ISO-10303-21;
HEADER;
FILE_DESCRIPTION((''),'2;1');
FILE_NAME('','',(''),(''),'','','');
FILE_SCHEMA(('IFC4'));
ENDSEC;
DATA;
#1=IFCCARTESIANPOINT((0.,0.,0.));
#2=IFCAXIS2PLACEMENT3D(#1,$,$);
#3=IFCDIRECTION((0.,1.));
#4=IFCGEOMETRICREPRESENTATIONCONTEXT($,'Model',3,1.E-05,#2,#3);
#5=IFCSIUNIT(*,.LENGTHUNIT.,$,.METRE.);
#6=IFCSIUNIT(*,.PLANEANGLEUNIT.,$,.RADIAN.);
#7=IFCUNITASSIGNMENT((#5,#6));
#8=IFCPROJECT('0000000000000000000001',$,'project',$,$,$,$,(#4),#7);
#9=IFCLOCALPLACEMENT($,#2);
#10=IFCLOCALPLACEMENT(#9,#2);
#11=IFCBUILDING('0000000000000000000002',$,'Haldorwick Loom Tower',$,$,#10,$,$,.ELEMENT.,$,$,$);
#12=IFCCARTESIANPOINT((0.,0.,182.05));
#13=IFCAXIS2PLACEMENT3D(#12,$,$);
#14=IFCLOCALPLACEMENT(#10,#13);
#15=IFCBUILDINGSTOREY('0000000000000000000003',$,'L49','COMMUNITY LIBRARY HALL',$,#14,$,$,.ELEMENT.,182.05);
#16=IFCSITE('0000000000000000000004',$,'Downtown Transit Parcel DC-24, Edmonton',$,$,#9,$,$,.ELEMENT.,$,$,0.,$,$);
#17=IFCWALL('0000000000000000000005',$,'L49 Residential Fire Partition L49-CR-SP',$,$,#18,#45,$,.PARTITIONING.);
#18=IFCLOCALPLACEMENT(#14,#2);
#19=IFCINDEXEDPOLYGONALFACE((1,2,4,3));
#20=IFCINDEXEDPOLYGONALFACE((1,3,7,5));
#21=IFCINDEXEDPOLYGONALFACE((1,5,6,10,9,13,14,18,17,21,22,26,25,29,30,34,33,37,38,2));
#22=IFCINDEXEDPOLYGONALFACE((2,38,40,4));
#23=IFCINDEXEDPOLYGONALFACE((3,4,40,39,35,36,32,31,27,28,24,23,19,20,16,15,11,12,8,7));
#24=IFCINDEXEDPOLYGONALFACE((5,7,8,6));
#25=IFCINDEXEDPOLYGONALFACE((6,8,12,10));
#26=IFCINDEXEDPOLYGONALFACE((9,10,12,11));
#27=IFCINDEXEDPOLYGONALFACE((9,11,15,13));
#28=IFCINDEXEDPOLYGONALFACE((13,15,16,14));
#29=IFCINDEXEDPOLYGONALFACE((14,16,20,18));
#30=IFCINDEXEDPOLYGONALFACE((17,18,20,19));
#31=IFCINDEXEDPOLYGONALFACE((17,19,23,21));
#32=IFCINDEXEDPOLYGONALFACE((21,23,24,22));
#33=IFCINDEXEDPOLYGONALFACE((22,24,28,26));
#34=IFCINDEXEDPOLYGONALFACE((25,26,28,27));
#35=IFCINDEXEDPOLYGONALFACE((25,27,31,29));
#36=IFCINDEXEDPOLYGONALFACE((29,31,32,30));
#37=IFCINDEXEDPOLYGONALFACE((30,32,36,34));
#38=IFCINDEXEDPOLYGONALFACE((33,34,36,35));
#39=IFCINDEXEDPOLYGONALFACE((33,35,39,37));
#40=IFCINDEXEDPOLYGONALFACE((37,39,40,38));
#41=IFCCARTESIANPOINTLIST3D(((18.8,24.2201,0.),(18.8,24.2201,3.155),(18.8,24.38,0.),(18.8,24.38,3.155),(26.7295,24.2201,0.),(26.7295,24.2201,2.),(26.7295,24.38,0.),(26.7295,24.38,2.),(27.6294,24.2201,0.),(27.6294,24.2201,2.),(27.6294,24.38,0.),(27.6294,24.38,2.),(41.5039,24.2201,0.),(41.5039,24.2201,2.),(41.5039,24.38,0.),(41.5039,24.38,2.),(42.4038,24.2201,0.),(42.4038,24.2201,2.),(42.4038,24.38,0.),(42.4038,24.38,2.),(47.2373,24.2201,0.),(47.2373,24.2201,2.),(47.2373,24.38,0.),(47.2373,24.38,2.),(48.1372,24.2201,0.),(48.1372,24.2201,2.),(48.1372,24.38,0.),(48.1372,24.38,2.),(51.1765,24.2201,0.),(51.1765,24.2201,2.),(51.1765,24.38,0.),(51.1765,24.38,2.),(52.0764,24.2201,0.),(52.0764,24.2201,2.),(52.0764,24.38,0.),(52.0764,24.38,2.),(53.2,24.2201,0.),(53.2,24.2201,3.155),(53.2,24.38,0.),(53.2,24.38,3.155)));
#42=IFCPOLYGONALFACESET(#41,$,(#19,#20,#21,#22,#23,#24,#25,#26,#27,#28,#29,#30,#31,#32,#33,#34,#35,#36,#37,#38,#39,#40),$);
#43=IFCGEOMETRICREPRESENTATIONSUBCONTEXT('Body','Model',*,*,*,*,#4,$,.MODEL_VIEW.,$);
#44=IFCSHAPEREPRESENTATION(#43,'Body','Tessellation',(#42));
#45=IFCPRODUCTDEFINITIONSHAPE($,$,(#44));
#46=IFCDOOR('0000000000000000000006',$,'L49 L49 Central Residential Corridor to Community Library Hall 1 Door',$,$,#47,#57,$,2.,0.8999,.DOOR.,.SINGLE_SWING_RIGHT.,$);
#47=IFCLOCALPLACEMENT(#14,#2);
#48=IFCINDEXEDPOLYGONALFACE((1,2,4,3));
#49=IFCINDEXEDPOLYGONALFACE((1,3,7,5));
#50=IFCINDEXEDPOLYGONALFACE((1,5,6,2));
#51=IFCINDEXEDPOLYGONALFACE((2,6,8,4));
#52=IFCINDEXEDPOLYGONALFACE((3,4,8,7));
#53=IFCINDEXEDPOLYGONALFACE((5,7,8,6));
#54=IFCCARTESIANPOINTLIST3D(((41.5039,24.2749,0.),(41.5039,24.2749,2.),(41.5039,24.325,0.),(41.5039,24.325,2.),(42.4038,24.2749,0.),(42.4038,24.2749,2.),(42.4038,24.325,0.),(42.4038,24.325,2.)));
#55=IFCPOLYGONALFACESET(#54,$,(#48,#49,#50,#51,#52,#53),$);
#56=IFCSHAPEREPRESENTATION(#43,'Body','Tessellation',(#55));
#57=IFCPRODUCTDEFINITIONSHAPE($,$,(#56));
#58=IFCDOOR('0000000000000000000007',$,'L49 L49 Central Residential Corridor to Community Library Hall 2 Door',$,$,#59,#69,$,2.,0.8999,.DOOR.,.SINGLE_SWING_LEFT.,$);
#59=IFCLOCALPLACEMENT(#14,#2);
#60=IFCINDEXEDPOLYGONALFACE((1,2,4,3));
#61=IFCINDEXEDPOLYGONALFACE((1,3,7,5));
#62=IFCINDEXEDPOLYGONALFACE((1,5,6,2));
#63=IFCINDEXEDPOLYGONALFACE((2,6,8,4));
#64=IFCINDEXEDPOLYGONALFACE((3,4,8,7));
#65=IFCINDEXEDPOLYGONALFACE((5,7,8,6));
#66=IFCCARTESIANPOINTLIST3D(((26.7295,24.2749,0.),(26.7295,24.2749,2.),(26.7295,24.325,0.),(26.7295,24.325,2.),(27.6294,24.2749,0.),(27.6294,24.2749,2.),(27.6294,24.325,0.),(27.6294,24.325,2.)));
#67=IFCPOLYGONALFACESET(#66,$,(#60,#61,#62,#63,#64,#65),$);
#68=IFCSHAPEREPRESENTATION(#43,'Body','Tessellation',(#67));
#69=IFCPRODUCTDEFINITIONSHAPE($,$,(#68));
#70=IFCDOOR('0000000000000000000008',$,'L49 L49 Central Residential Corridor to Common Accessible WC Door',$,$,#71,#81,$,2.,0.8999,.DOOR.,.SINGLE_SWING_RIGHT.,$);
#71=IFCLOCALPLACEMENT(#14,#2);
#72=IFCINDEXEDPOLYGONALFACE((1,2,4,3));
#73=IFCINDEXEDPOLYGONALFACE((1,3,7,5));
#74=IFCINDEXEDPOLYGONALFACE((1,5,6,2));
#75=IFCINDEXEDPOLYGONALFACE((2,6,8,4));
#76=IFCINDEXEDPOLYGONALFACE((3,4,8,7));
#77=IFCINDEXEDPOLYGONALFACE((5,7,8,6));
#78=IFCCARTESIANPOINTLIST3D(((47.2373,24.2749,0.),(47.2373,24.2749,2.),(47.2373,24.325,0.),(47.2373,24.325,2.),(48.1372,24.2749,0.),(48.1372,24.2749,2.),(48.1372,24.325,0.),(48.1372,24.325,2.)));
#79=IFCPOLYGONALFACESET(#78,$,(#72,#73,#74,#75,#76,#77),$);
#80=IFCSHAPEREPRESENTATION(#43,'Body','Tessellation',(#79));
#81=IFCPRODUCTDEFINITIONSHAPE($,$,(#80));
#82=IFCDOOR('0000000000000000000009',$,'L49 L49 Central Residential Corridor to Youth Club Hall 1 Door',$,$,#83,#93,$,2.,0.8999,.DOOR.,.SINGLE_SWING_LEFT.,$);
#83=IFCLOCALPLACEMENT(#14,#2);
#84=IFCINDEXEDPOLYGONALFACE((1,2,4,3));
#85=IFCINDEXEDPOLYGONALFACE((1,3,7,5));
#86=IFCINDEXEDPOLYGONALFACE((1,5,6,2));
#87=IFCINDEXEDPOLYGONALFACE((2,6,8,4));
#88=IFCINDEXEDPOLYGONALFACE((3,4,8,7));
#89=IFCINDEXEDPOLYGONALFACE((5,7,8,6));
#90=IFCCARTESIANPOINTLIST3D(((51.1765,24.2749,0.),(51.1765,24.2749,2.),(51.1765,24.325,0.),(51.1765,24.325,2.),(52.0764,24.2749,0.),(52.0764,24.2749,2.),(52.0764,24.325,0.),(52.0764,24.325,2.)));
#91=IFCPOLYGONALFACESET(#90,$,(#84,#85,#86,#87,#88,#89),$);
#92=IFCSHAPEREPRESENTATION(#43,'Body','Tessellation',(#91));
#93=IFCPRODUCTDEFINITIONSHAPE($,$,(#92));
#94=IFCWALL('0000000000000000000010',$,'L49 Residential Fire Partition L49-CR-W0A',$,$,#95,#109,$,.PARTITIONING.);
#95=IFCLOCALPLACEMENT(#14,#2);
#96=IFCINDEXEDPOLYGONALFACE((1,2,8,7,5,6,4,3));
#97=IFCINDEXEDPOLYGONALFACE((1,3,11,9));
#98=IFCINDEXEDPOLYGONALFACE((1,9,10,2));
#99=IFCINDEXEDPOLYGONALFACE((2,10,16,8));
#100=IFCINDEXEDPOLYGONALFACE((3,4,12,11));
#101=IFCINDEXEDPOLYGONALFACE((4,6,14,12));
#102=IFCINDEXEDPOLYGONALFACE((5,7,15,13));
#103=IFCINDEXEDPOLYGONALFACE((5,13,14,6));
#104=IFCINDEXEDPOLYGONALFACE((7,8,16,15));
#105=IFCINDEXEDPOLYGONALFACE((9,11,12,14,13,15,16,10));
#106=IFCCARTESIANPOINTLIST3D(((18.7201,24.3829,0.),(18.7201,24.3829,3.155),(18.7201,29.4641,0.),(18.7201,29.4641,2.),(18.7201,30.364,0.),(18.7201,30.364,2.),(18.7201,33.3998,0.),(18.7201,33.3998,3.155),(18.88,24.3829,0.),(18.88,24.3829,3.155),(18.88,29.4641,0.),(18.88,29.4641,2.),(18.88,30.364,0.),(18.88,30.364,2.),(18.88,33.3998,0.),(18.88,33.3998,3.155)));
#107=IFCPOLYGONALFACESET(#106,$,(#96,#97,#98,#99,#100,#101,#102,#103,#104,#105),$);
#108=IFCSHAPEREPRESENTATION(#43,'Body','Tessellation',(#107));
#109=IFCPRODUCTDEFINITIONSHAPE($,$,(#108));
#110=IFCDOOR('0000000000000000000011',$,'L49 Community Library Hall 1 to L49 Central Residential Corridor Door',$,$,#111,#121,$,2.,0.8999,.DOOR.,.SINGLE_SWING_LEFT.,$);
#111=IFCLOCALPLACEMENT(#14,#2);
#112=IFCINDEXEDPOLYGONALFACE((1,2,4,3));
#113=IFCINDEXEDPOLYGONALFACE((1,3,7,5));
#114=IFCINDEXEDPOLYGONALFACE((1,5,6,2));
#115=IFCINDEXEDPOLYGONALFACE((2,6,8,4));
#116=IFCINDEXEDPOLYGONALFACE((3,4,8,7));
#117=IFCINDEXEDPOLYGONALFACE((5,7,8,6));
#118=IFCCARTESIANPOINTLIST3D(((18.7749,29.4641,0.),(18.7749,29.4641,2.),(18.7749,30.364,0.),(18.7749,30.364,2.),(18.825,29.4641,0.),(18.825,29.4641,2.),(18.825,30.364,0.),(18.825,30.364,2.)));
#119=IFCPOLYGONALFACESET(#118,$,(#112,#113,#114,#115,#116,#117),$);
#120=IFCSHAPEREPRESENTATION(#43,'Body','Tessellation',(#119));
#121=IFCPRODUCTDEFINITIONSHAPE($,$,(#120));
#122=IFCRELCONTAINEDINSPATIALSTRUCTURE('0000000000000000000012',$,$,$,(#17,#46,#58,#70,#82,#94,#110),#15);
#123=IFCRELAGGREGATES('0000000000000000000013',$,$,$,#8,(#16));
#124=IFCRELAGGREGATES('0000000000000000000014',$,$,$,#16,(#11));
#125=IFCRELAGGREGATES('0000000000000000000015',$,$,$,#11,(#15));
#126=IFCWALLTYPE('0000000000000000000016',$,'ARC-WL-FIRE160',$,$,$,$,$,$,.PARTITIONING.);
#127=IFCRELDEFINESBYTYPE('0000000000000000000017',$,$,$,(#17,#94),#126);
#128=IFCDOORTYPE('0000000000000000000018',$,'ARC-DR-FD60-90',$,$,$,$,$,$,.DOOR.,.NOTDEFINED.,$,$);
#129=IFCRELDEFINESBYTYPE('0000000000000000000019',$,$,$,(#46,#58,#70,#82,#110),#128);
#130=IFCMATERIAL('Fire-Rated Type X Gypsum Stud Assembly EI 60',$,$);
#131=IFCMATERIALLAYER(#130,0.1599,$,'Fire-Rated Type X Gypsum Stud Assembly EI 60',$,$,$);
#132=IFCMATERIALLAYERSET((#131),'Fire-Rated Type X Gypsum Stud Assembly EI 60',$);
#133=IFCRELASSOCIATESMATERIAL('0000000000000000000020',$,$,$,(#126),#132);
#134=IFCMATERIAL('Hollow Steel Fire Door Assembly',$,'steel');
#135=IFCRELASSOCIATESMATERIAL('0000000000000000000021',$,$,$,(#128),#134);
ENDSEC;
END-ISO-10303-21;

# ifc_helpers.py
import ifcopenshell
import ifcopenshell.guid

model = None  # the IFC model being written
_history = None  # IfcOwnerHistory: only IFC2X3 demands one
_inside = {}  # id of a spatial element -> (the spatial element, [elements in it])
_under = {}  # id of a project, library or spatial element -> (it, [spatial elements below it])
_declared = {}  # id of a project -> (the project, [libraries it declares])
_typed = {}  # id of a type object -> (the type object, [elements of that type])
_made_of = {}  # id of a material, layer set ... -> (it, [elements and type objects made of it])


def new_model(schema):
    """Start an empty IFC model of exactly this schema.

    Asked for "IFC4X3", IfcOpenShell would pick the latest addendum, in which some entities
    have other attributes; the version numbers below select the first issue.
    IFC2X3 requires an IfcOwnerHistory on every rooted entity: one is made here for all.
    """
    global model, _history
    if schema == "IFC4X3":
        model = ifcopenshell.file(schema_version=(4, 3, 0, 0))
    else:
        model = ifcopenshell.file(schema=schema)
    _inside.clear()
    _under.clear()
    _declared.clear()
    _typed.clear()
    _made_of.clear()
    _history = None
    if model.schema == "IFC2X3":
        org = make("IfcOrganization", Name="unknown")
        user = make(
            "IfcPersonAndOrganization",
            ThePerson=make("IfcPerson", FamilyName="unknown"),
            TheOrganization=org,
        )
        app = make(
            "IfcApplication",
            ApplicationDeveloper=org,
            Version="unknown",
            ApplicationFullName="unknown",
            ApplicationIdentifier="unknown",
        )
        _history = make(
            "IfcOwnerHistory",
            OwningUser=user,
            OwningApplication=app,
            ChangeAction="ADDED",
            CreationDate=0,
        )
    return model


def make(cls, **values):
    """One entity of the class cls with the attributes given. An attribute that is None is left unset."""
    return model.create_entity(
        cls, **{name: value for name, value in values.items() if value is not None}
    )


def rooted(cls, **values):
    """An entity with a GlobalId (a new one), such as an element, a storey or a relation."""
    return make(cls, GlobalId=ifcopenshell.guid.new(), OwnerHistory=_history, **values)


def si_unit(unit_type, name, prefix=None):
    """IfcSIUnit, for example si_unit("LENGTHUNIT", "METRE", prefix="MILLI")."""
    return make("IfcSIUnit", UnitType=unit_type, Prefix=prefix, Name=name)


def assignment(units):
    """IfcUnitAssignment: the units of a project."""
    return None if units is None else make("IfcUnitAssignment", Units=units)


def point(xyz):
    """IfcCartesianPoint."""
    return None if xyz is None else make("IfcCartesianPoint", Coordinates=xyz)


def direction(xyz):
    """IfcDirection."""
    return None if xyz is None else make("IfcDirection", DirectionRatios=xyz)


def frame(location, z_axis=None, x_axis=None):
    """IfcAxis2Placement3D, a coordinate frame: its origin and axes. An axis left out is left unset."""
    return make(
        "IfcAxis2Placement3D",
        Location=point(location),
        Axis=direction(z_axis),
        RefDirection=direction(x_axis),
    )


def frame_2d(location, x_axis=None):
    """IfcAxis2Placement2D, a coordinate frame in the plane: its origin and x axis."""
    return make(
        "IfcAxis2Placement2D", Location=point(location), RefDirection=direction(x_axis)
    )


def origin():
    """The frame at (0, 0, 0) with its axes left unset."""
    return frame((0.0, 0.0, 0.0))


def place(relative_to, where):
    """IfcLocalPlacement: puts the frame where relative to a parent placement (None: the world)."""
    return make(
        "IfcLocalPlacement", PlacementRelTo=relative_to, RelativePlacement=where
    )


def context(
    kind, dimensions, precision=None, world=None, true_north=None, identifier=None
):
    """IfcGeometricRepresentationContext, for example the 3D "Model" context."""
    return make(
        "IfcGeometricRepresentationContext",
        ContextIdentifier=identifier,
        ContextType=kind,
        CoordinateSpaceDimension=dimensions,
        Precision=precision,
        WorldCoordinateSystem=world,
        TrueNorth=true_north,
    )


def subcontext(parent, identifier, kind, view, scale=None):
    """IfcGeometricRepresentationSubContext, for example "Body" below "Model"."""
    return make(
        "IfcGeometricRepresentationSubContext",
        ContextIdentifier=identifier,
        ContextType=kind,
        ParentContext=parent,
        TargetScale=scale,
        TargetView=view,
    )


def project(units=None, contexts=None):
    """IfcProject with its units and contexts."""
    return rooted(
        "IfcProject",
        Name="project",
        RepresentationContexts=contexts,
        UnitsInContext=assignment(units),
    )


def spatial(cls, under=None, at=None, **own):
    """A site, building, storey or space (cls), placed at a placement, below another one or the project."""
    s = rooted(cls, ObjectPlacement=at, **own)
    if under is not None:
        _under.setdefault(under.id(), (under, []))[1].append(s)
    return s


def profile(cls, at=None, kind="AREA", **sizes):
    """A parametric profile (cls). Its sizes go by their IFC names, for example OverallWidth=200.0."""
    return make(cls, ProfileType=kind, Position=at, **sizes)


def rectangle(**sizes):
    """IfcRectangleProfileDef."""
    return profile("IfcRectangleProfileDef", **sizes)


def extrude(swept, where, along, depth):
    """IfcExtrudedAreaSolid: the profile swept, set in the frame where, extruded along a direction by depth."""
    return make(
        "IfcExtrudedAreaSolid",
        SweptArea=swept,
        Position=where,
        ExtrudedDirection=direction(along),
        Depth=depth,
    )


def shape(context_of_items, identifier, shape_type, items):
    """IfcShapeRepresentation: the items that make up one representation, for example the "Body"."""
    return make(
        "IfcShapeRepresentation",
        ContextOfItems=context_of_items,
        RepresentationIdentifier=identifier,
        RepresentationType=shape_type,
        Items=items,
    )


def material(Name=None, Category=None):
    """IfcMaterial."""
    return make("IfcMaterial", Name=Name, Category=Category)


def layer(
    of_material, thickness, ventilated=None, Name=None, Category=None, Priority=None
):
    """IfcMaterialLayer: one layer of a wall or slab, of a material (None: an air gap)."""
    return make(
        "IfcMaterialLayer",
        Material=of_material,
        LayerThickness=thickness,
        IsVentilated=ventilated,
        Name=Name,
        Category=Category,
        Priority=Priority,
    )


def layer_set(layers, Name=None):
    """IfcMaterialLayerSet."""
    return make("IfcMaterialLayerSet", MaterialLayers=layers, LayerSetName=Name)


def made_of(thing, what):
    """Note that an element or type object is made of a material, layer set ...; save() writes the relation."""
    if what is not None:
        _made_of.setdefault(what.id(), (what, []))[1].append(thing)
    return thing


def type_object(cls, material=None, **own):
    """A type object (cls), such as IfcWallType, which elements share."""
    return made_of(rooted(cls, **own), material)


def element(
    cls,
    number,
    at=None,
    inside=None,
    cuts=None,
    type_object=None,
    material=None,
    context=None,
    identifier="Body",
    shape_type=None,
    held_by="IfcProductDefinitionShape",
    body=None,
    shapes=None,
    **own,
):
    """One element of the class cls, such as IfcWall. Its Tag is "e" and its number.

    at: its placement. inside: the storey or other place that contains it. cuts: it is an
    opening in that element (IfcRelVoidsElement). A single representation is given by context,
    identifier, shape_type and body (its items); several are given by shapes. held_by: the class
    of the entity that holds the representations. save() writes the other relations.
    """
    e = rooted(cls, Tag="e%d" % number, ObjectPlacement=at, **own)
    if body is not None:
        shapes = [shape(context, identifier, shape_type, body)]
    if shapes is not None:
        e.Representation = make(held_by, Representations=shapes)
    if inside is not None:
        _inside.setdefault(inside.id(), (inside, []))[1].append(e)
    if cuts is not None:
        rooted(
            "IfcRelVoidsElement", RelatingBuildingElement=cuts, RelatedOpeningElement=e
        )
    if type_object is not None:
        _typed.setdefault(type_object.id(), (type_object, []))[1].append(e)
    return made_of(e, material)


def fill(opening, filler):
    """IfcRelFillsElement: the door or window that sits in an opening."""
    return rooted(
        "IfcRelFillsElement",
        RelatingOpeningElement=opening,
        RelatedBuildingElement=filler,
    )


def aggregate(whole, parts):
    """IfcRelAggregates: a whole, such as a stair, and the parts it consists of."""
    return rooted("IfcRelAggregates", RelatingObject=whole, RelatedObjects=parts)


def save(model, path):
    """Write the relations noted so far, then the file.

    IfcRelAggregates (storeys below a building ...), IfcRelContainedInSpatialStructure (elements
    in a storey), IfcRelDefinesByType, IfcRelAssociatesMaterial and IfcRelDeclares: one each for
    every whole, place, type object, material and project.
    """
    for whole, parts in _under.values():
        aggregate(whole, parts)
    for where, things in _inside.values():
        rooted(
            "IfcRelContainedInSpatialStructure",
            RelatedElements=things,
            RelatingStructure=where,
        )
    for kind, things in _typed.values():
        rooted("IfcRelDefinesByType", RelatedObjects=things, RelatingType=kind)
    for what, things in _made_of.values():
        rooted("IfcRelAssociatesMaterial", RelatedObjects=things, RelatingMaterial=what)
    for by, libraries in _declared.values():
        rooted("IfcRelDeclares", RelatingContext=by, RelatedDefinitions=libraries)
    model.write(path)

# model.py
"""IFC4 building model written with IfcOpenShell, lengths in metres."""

from ifc_helpers import new_model, si_unit, direction, frame, frame_2d, origin, place, context, subcontext, project, spatial, rectangle, extrude, material, layer, layer_set, type_object, element, fill, save


model = new_model("IFC4")

# Units and contexts
model_context = context("Model", 3, precision=1e-05, world=origin(), true_north=direction((0.0, 1.0)))
body_context = subcontext(model_context, "Body", "Model", "MODEL_VIEW")
ifc_project = project(units=[si_unit("LENGTHUNIT", "METRE"), si_unit("PLANEANGLEUNIT", "RADIAN")], contexts=[model_context])

# Site, building, storey
site_placement = place(None, origin())
site = spatial("IfcSite", under=ifc_project, at=site_placement, Name="Downtown Transit Parcel DC-24, Edmonton", CompositionType="ELEMENT", RefElevation=0.0)
building_placement = place(site_placement, origin())
building = spatial("IfcBuilding", under=site, at=building_placement, Name="Haldorwick Loom Tower", CompositionType="ELEMENT")
storey_placement = place(building_placement, frame((0.0, 0.0, 182.05)))
storey = spatial("IfcBuildingStorey", under=building, at=storey_placement, Name="L49", Description="COMMUNITY LIBRARY HALL", CompositionType="ELEMENT", Elevation=182.05)

# Wall, openings, doors
ifc_material_1 = material(Name="Fire-Rated Type X Gypsum Stud Assembly EI 60")
ifc_layer_1 = layer(ifc_material_1, 0.1599, Name="Fire-Rated Type X Gypsum Stud Assembly EI 60")
ifc_layer_set_1 = layer_set([ifc_layer_1], Name="Fire-Rated Type X Gypsum Stud Assembly EI 60")
wall_type_1 = type_object("IfcWallType", Name="ARC-WL-FIRE160", PredefinedType="PARTITIONING", material=ifc_layer_set_1)
wall_1_placement = place(storey_placement, frame((18.8, 24.3, 0.0), z_axis=(0.0, 0.0, 1.0), x_axis=(1.0, 0.0, 0.0)))
wall_1 = element("IfcWall", 1, at=wall_1_placement, inside=storey, type_object=wall_type_1, Name="L49 Residential Fire Partition L49-CR-SP", PredefinedType="PARTITIONING", context=body_context, shape_type="SweptSolid", body=[
    extrude(rectangle(XDim=34.3999, YDim=0.1599, at=frame_2d((17.2, 0.0))), origin(), (0.0, 0.0, 1.0), 3.155),
])
opening_1_placement = place(wall_1_placement, frame((22.7039, 0.0, 0.0)))
opening_1 = element("IfcOpeningElement", 2, at=opening_1_placement, cuts=wall_1, PredefinedType="OPENING", context=body_context, shape_type="SweptSolid", body=[
    extrude(rectangle(XDim=0.8999, YDim=2.0, at=frame_2d((0.45, 1.0))), frame((0.0, 0.0898, 0.0), z_axis=(0.0, -1.0, 0.0), x_axis=(1.0, 0.0, 0.0)), (0.0, 0.0, 1.0), 0.1799),
])
opening_2_placement = place(wall_1_placement, frame((7.9294, 0.0, 0.0)))
opening_2 = element("IfcOpeningElement", 3, at=opening_2_placement, cuts=wall_1, PredefinedType="OPENING", context=body_context, shape_type="SweptSolid", body=[
    extrude(rectangle(XDim=0.8999, YDim=2.0, at=frame_2d((0.45, 1.0))), frame((0.0, 0.0898, 0.0), z_axis=(0.0, -1.0, 0.0), x_axis=(1.0, 0.0, 0.0)), (0.0, 0.0, 1.0), 0.1799),
])
opening_3_placement = place(wall_1_placement, frame((28.4373, 0.0, 0.0)))
opening_3 = element("IfcOpeningElement", 4, at=opening_3_placement, cuts=wall_1, PredefinedType="OPENING", context=body_context, shape_type="SweptSolid", body=[
    extrude(rectangle(XDim=0.8999, YDim=2.0, at=frame_2d((0.45, 1.0))), frame((0.0, 0.0898, 0.0), z_axis=(0.0, -1.0, 0.0), x_axis=(1.0, 0.0, 0.0)), (0.0, 0.0, 1.0), 0.1799),
])
opening_4_placement = place(wall_1_placement, frame((32.3765, 0.0, 0.0)))
opening_4 = element("IfcOpeningElement", 5, at=opening_4_placement, cuts=wall_1, PredefinedType="OPENING", context=body_context, shape_type="SweptSolid", body=[
    extrude(rectangle(XDim=0.8999, YDim=2.0, at=frame_2d((0.45, 1.0))), frame((0.0, 0.0898, 0.0), z_axis=(0.0, -1.0, 0.0), x_axis=(1.0, 0.0, 0.0)), (0.0, 0.0, 1.0), 0.1799),
])
ifc_material_2 = material(Name="Hollow Steel Fire Door Assembly", Category="steel")
door_type = type_object("IfcDoorType", Name="ARC-DR-FD60-90", OperationType="NOTDEFINED", PredefinedType="DOOR", material=ifc_material_2)
door_1_placement = place(opening_1_placement, origin())
door_1 = element("IfcDoor", 6, at=door_1_placement, inside=storey, type_object=door_type, Name="L49 L49 Central Residential Corridor to Community Library Hall 1 Door", OperationType="SINGLE_SWING_RIGHT", OverallHeight=2.0, OverallWidth=0.8999, PredefinedType="DOOR", context=body_context, shape_type="SweptSolid", body=[
    extrude(rectangle(XDim=0.8999, YDim=2.0, at=frame_2d((0.45, 1.0))), frame((0.0, 0.0249, 0.0), z_axis=(0.0, -1.0, 0.0), x_axis=(1.0, 0.0, 0.0)), (0.0, 0.0, 1.0), 0.05),
])
fill(opening_1, door_1)
door_2_placement = place(opening_2_placement, origin())
door_2 = element("IfcDoor", 7, at=door_2_placement, inside=storey, type_object=door_type, Name="L49 L49 Central Residential Corridor to Community Library Hall 2 Door", OperationType="SINGLE_SWING_LEFT", OverallHeight=2.0, OverallWidth=0.8999, PredefinedType="DOOR", context=body_context, shape_type="SweptSolid", body=[
    extrude(rectangle(XDim=0.8999, YDim=2.0, at=frame_2d((0.45, 1.0))), frame((0.0, 0.0249, 0.0), z_axis=(0.0, -1.0, 0.0), x_axis=(1.0, 0.0, 0.0)), (0.0, 0.0, 1.0), 0.05),
])
fill(opening_2, door_2)
door_3_placement = place(opening_3_placement, origin())
door_3 = element("IfcDoor", 8, at=door_3_placement, inside=storey, type_object=door_type, Name="L49 L49 Central Residential Corridor to Common Accessible WC Door", OperationType="SINGLE_SWING_RIGHT", OverallHeight=2.0, OverallWidth=0.8999, PredefinedType="DOOR", context=body_context, shape_type="SweptSolid", body=[
    extrude(rectangle(XDim=0.8999, YDim=2.0, at=frame_2d((0.45, 1.0))), frame((0.0, 0.0249, 0.0), z_axis=(0.0, -1.0, 0.0), x_axis=(1.0, 0.0, 0.0)), (0.0, 0.0, 1.0), 0.05),
])
fill(opening_3, door_3)
door_4_placement = place(opening_4_placement, origin())
door_4 = element("IfcDoor", 9, at=door_4_placement, inside=storey, type_object=door_type, Name="L49 L49 Central Residential Corridor to Youth Club Hall 1 Door", OperationType="SINGLE_SWING_LEFT", OverallHeight=2.0, OverallWidth=0.8999, PredefinedType="DOOR", context=body_context, shape_type="SweptSolid", body=[
    extrude(rectangle(XDim=0.8999, YDim=2.0, at=frame_2d((0.45, 1.0))), frame((0.0, 0.0249, 0.0), z_axis=(0.0, -1.0, 0.0), x_axis=(1.0, 0.0, 0.0)), (0.0, 0.0, 1.0), 0.05),
])
fill(opening_4, door_4)

# Wall, opening, door
wall_2_placement = place(storey_placement, frame((18.8, 24.3831, 0.0), z_axis=(0.0, 0.0, 1.0), x_axis=(0.0, 1.0, 0.0)))
wall_2 = element("IfcWall", 10, at=wall_2_placement, inside=storey, type_object=wall_type_1, Name="L49 Residential Fire Partition L49-CR-W0A", PredefinedType="PARTITIONING", context=body_context, shape_type="SweptSolid", body=[
    extrude(rectangle(XDim=9.0168, YDim=0.1599, at=frame_2d((4.5083, 0.0))), origin(), (0.0, 0.0, 1.0), 3.155),
])
opening_5_placement = place(wall_2_placement, frame((5.0811, 0.0, 0.0)))
opening_5 = element("IfcOpeningElement", 11, at=opening_5_placement, cuts=wall_2, PredefinedType="OPENING", context=body_context, shape_type="SweptSolid", body=[
    extrude(rectangle(XDim=0.8999, YDim=2.0, at=frame_2d((0.45, 1.0))), frame((0.0, 0.0898, 0.0), z_axis=(0.0, -1.0, 0.0), x_axis=(1.0, 0.0, 0.0)), (0.0, 0.0, 1.0), 0.1799),
])
door_5_placement = place(opening_5_placement, frame((0.8999, 0.0, 0.0), z_axis=(0.0, 0.0, 1.0), x_axis=(-1.0, 0.0, 0.0)))
door_5 = element("IfcDoor", 12, at=door_5_placement, inside=storey, type_object=door_type, Name="L49 Community Library Hall 1 to L49 Central Residential Corridor Door", OperationType="SINGLE_SWING_LEFT", OverallHeight=2.0, OverallWidth=0.8999, PredefinedType="DOOR", context=body_context, shape_type="SweptSolid", body=[
    extrude(rectangle(XDim=0.8999, YDim=2.0, at=frame_2d((0.45, 1.0))), frame((0.0, 0.0249, 0.0), z_axis=(0.0, -1.0, 0.0), x_axis=(1.0, 0.0, 0.0)), (0.0, 0.0, 1.0), 0.05),
])
fill(opening_5, door_5)

save(model, "model.ifc")
